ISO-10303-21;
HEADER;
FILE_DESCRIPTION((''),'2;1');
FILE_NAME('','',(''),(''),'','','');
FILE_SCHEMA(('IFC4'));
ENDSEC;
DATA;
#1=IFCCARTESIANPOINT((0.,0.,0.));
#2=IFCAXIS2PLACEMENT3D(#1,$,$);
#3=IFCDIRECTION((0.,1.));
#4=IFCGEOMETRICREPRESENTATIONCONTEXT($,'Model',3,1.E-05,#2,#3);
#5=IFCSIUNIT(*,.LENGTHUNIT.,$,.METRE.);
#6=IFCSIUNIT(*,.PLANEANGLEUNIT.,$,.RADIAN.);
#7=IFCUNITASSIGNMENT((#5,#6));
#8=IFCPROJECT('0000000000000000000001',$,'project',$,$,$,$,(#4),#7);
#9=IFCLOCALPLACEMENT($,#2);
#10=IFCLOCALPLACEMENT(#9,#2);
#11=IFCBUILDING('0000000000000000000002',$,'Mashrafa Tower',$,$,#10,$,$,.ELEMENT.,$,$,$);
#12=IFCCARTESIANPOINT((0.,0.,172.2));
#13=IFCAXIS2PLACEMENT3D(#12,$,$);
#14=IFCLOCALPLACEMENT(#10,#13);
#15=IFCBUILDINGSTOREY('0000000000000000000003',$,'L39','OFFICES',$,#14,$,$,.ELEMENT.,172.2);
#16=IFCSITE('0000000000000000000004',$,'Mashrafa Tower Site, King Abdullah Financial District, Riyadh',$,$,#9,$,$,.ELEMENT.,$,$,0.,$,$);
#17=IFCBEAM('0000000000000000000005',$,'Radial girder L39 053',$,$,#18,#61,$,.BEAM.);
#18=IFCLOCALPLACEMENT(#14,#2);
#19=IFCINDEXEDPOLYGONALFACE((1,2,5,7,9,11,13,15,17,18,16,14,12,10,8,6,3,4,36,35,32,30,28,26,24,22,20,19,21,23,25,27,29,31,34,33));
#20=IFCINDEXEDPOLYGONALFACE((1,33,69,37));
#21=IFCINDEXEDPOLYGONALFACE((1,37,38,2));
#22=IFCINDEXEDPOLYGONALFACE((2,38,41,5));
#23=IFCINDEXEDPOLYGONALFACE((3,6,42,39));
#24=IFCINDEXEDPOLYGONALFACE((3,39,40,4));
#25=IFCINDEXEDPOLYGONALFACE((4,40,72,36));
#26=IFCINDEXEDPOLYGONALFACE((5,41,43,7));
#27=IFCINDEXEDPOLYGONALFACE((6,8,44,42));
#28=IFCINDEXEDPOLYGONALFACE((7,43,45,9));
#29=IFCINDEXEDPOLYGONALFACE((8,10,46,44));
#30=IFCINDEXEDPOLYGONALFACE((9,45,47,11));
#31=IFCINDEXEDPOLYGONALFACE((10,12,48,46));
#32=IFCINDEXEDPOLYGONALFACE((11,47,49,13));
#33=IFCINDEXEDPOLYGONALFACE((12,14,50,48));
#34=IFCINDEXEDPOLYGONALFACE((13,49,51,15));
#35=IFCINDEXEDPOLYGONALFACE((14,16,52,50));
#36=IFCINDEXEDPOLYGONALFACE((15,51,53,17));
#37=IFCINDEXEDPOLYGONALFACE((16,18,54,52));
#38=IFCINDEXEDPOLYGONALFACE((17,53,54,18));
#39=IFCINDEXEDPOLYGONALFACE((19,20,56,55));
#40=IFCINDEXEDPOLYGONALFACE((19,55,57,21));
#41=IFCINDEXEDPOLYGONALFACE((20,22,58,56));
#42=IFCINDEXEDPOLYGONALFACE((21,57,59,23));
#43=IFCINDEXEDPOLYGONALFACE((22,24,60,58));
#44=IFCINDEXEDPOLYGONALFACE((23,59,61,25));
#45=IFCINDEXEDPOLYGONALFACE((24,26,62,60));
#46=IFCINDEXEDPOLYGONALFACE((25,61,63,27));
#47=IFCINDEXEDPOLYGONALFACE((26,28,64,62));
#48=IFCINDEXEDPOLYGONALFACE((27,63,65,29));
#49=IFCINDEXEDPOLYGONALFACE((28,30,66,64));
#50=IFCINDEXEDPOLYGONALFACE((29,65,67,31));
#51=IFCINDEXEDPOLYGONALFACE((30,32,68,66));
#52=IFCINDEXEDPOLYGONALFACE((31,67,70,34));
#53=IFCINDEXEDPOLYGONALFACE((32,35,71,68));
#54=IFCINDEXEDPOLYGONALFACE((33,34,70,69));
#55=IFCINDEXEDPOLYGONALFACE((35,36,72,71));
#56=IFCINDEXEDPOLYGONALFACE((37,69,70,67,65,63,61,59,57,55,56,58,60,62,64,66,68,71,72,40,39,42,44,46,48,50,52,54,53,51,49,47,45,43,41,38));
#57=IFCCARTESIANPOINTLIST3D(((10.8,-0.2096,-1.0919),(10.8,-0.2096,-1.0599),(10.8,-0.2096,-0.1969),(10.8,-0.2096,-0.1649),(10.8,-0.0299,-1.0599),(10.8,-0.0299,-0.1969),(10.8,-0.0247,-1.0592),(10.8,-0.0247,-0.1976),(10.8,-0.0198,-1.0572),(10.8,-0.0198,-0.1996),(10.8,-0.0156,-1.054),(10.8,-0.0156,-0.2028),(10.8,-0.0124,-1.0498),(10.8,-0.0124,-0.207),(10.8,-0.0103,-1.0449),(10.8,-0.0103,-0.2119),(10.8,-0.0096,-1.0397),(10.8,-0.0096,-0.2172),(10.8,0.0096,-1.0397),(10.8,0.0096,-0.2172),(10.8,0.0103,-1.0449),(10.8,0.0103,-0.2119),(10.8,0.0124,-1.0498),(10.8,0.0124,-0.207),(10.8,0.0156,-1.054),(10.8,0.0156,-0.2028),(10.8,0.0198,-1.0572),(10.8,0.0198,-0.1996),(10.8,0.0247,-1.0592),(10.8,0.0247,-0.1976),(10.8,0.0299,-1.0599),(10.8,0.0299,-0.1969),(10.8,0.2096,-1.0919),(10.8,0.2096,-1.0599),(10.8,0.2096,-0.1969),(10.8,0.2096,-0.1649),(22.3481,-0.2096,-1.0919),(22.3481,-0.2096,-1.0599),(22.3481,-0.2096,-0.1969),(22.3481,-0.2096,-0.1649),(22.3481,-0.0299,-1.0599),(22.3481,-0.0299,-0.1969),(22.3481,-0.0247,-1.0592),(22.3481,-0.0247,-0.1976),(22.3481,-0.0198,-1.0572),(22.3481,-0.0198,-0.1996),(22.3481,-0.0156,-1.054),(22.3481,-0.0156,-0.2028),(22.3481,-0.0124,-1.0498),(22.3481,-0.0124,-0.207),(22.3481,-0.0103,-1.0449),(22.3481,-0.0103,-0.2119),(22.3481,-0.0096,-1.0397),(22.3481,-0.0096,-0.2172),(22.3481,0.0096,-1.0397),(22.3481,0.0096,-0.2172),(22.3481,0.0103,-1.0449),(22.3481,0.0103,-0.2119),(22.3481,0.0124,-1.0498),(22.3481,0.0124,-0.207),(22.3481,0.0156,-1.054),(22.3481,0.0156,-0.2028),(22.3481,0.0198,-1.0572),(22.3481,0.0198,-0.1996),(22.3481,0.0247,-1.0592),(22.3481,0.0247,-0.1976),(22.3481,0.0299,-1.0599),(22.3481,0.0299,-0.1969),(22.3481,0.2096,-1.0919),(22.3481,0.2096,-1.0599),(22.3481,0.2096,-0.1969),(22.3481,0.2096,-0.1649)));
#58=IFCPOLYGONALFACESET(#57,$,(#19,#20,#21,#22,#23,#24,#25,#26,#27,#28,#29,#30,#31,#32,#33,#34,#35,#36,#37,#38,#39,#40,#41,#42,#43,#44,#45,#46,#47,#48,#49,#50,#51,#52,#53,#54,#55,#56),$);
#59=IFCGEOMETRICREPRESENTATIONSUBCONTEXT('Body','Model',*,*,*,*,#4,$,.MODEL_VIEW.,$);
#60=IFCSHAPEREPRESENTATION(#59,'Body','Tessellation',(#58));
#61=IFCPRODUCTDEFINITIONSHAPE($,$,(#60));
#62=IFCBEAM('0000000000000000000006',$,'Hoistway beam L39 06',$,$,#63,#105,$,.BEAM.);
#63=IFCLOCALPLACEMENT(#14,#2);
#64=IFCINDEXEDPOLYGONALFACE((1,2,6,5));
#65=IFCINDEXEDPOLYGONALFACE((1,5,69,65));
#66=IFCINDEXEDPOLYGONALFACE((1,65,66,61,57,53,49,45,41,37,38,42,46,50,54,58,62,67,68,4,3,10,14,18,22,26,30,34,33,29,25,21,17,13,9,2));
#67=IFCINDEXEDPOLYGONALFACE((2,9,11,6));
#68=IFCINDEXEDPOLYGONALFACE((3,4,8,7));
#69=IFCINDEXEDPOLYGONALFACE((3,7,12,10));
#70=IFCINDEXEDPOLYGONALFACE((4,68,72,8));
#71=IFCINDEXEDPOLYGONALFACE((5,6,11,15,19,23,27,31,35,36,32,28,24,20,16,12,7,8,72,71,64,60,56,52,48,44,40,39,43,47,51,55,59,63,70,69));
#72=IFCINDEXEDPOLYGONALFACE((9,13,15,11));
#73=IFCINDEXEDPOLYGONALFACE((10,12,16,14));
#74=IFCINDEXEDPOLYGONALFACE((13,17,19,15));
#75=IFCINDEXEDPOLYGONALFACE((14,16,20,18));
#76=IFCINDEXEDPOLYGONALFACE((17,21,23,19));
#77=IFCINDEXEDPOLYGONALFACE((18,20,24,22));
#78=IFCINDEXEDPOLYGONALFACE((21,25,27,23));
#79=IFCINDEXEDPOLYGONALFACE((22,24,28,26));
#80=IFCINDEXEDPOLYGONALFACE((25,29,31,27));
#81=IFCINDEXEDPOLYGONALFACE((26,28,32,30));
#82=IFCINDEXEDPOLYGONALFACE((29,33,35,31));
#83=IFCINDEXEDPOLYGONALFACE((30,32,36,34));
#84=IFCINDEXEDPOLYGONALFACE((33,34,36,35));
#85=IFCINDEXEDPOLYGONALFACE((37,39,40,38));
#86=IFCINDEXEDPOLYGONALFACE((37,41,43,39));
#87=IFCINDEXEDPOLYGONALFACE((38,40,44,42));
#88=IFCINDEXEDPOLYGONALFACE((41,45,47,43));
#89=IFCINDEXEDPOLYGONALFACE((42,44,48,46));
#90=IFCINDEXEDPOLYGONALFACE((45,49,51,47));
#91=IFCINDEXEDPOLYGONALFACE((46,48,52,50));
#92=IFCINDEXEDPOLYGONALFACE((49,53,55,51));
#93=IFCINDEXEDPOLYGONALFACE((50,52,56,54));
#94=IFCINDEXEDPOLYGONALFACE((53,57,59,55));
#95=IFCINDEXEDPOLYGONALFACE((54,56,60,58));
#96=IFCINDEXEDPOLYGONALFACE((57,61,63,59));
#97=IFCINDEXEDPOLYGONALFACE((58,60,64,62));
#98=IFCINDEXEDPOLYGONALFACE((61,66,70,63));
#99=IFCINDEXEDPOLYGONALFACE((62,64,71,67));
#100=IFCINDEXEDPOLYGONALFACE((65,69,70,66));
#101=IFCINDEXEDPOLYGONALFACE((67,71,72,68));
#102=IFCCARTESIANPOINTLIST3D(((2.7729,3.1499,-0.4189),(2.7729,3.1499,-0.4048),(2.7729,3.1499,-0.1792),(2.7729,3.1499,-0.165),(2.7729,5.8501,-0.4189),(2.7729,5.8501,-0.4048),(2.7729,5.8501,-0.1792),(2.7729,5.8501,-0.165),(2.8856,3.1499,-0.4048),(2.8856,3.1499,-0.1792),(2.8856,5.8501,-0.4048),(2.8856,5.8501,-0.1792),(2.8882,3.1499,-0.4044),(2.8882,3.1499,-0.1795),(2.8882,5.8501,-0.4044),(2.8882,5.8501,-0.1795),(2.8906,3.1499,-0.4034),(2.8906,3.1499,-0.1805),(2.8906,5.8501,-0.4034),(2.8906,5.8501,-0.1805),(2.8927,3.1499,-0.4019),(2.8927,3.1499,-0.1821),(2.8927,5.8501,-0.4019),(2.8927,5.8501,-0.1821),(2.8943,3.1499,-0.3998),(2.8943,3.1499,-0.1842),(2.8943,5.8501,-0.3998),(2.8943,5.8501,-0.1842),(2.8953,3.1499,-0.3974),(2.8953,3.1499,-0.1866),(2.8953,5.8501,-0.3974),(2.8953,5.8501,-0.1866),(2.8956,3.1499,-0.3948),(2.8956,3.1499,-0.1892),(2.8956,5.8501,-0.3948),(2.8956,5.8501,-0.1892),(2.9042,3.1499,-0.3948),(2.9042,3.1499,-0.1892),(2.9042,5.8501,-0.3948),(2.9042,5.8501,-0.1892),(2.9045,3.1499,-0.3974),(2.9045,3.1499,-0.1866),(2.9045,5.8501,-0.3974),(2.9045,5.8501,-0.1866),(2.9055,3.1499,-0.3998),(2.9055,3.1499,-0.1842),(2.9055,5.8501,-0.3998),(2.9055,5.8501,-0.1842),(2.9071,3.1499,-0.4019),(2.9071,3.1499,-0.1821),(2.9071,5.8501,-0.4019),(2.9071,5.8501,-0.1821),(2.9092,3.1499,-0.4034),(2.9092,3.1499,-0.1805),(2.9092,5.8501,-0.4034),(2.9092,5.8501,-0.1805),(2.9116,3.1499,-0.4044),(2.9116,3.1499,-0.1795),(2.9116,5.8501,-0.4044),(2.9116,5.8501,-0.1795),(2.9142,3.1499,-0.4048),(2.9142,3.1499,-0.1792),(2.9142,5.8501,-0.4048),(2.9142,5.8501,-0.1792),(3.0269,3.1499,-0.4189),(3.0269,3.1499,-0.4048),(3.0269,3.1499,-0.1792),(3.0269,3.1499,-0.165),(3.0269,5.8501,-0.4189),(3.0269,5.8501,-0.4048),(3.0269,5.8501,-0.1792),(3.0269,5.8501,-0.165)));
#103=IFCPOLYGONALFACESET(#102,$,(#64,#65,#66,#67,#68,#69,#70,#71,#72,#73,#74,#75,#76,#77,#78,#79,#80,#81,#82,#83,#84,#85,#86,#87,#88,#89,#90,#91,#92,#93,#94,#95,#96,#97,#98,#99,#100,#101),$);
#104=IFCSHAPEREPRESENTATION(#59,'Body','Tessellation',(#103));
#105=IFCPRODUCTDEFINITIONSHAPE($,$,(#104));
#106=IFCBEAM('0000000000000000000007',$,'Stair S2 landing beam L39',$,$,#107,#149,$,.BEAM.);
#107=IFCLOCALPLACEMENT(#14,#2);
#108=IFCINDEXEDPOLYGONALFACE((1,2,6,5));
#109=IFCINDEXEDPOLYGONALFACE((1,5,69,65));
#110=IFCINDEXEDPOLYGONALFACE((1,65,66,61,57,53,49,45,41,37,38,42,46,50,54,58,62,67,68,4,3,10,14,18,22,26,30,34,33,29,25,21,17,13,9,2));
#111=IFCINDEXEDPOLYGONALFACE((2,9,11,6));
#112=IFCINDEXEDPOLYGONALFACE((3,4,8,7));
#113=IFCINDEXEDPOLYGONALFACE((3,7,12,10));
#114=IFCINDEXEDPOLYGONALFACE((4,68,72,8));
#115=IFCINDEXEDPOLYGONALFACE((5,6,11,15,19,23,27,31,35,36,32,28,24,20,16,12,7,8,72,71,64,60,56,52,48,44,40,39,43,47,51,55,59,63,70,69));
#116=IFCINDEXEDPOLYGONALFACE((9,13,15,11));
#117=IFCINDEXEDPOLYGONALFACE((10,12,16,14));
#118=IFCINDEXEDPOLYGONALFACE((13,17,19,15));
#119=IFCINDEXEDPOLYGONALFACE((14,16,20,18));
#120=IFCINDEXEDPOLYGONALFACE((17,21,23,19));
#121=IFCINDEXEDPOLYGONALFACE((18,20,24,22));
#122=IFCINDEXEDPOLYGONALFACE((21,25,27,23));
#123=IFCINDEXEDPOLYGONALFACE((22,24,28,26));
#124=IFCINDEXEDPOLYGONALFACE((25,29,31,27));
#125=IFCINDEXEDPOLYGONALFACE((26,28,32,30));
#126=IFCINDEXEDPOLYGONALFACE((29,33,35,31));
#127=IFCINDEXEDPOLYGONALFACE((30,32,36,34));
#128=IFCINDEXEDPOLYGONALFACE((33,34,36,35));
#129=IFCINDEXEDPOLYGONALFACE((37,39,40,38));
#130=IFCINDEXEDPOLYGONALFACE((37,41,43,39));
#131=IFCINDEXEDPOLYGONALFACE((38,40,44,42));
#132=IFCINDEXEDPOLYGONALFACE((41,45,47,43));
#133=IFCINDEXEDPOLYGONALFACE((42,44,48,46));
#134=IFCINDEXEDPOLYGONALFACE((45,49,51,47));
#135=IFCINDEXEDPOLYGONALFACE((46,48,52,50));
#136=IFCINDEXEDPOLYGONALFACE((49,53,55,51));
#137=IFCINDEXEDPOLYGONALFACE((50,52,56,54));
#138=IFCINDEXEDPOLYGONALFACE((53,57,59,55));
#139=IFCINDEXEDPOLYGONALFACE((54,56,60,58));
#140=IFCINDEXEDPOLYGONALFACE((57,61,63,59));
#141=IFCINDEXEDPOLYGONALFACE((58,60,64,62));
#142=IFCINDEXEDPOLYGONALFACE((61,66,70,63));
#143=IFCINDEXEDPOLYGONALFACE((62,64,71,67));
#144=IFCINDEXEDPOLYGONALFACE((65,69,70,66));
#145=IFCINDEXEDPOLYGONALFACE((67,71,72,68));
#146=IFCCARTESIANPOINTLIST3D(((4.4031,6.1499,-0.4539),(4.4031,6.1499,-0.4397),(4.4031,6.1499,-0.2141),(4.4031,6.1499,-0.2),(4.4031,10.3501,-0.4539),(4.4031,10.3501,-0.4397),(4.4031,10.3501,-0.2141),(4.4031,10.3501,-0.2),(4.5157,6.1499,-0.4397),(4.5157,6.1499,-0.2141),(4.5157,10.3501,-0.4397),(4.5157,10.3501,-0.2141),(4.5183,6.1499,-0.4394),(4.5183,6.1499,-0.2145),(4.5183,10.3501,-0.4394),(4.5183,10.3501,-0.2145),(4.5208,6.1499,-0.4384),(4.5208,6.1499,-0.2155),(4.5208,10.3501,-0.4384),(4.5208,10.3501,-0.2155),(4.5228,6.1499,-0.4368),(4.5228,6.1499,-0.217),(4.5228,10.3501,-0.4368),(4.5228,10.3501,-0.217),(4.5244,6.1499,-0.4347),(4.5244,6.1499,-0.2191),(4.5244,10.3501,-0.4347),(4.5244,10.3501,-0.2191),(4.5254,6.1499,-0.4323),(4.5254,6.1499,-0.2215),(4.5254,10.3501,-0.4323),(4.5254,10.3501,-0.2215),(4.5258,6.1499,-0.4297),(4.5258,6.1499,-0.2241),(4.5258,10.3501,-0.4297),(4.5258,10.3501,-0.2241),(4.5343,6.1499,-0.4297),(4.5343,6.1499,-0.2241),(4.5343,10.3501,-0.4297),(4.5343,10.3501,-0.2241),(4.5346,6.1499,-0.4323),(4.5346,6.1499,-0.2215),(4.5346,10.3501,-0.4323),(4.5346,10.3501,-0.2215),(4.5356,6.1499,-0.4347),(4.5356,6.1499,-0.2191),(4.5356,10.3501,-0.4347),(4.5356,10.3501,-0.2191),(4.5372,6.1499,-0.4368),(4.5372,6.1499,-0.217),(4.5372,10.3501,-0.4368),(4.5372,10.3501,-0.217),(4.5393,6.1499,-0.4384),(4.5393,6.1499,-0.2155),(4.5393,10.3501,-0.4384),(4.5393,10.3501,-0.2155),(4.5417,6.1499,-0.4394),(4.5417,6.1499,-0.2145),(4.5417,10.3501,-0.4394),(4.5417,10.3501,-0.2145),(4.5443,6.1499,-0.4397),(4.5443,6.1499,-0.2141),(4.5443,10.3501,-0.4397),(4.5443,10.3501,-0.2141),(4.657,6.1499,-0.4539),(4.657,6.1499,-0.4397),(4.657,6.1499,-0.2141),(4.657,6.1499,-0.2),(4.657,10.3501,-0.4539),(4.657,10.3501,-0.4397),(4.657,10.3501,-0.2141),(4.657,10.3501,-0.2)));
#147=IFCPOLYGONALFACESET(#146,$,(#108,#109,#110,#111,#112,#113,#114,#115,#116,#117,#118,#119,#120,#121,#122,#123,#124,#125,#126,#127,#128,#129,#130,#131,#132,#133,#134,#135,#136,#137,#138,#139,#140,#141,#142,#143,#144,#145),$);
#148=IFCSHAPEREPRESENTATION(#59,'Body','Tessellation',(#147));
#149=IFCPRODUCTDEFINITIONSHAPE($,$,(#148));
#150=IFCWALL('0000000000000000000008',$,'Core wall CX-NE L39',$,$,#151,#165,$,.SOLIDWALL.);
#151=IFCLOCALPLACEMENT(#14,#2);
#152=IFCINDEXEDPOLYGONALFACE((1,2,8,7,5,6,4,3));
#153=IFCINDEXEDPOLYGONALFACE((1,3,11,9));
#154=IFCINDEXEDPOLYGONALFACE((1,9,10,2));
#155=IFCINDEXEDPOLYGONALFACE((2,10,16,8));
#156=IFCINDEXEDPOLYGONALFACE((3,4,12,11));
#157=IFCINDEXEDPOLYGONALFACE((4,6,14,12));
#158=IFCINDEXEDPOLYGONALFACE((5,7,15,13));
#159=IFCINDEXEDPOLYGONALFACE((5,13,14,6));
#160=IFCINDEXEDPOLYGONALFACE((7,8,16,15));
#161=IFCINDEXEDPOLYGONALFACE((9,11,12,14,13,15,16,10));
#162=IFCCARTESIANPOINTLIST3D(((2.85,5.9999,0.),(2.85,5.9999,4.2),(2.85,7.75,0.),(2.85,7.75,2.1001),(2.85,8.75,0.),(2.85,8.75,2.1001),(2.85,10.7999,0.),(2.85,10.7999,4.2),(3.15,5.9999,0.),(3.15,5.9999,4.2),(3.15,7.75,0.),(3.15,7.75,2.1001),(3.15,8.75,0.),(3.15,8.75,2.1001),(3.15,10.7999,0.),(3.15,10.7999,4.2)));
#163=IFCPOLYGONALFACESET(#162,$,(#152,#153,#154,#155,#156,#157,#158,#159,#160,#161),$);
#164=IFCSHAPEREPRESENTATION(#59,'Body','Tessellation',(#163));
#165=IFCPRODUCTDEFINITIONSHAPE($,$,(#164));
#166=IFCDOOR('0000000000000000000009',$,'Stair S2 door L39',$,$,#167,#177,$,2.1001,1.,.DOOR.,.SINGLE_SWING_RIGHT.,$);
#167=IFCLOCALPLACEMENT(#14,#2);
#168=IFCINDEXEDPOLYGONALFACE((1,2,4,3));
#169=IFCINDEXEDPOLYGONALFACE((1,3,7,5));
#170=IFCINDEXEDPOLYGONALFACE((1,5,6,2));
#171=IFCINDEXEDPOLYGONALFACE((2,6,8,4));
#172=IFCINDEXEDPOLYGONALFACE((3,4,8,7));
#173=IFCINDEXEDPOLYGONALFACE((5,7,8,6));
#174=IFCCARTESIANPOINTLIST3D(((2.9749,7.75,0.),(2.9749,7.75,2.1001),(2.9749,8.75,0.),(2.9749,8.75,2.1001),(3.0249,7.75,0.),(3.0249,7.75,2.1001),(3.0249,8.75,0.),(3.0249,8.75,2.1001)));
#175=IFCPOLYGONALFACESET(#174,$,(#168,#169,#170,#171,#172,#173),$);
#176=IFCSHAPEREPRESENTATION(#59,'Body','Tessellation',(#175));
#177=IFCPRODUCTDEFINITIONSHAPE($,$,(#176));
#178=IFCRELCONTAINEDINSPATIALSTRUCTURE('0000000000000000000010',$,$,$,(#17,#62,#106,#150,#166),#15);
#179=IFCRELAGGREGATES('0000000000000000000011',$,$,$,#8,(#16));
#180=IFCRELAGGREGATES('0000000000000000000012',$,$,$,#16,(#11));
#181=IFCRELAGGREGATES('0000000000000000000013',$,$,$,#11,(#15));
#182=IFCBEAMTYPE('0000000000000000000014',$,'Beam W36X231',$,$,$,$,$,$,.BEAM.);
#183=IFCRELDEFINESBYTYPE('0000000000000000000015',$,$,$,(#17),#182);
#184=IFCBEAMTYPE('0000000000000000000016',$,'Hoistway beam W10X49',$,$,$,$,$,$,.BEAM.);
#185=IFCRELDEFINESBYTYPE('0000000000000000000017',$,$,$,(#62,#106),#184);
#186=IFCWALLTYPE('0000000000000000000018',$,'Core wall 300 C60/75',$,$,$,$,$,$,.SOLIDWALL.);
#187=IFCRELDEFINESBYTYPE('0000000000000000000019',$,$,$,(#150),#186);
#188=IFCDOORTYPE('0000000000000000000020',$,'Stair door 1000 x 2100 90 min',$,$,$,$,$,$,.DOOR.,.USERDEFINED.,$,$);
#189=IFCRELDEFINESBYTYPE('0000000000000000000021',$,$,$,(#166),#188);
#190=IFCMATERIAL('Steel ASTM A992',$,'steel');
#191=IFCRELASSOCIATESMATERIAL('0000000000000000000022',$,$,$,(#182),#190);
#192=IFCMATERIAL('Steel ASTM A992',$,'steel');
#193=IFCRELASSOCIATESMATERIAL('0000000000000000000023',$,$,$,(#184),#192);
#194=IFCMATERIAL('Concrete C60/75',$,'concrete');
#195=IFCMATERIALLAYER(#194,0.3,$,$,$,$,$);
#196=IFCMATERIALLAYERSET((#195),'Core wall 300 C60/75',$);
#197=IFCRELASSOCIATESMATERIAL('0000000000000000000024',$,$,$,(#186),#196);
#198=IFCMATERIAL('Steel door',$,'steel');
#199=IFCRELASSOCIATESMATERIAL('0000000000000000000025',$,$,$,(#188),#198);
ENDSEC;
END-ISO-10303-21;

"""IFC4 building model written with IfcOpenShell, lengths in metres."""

from ifc_helpers import new_model, si_unit, direction, frame, frame_2d, origin, origin_2d, place, context, subcontext, project, spatial, rectangle, i_section, extrude, material, layer, layer_set, material_profile, profile_set, type_object, element, fill, save


model = new_model("IFC4")

# Units and contexts
model_context = context("Model", 3, precision=1e-05, world=origin(), true_north=direction((0.0, 1.0)))
body_context = subcontext(model_context, "Body", "Model", "MODEL_VIEW")
ifc_project = project(units=[si_unit("LENGTHUNIT", "METRE"), si_unit("PLANEANGLEUNIT", "RADIAN")], contexts=[model_context])

# Site, building, storey
site_placement = place(None, origin())
site = spatial("IfcSite", under=ifc_project, at=site_placement, Name="Mashrafa Tower Site, King Abdullah Financial District, Riyadh", CompositionType="ELEMENT", RefElevation=0.0)
building_placement = place(site_placement, origin())
building = spatial("IfcBuilding", under=site, at=building_placement, Name="Mashrafa Tower", CompositionType="ELEMENT")
storey_placement = place(building_placement, frame((0.0, 0.0, 172.2)))
storey = spatial("IfcBuildingStorey", under=building, at=storey_placement, Name="L39", Description="OFFICES", CompositionType="ELEMENT", Elevation=172.2)

# Beams
ifc_material_1 = material(Name="Steel ASTM A992", Category="steel")
ifc_material_profile_1 = material_profile(ifc_material_1, i_section(OverallWidth=0.4192, OverallDepth=0.927, WebThickness=0.0193, FlangeThickness=0.032, FilletRadius=0.0203, at=origin_2d()), Name="W36X231")
ifc_profile_set_1 = profile_set([ifc_material_profile_1], Name="Steel ASTM A992")
beam_type_1 = type_object("IfcBeamType", Name="Beam W36X231", PredefinedType="BEAM", material=ifc_profile_set_1)
for number, where, z_axis, x_axis, name in (
    (1, (10.8, 0.0, -0.6284), (1.0, 0.0, 0.0), (0.0, 1.0, 0.0), "Radial girder L39 053"),
):
    element("IfcBeam", number, at=place(storey_placement, frame(where, z_axis=z_axis, x_axis=x_axis)), inside=storey, type_object=beam_type_1, Name=name, PredefinedType="BEAM", context=body_context, shape_type="SweptSolid", body=[
        extrude(i_section(OverallWidth=0.4192, OverallDepth=0.927, WebThickness=0.0193, FlangeThickness=0.032, FilletRadius=0.0203, at=origin_2d()), origin(), (0.0, 0.0, 1.0), 11.5481),
    ])
ifc_material_2 = material(Name="Steel ASTM A992", Category="steel")
ifc_material_profile_2 = material_profile(ifc_material_2, i_section(OverallWidth=0.2539, OverallDepth=0.2539, WebThickness=0.0085, FlangeThickness=0.0142, FilletRadius=0.01, at=origin_2d()), Name="W10X49")
ifc_profile_set_2 = profile_set([ifc_material_profile_2], Name="Steel ASTM A992")
beam_type_2 = type_object("IfcBeamType", Name="Hoistway beam W10X49", PredefinedType="BEAM", material=ifc_profile_set_2)
beam_1_placement = place(storey_placement, frame((2.8999, 3.1499, -0.292), z_axis=(0.0, 1.0, 0.0), x_axis=(-1.0, 0.0, 0.0)))
element("IfcBeam", 2, at=beam_1_placement, inside=storey, type_object=beam_type_2, Name="Hoistway beam L39 06", PredefinedType="BEAM", context=body_context, shape_type="SweptSolid", body=[
    extrude(i_section(OverallWidth=0.2539, OverallDepth=0.2539, WebThickness=0.0085, FlangeThickness=0.0142, FilletRadius=0.01, at=origin_2d()), origin(), (0.0, 0.0, 1.0), 2.7002),
])
beam_2_placement = place(storey_placement, frame((4.53, 6.1499, -0.3269), z_axis=(0.0, 1.0, 0.0), x_axis=(-1.0, 0.0, 0.0)))
element("IfcBeam", 3, at=beam_2_placement, inside=storey, type_object=beam_type_2, Name="Stair S2 landing beam L39", PredefinedType="BEAM", context=body_context, shape_type="SweptSolid", body=[
    extrude(i_section(OverallWidth=0.2539, OverallDepth=0.2539, WebThickness=0.0085, FlangeThickness=0.0142, FilletRadius=0.01, at=origin_2d()), origin(), (0.0, 0.0, 1.0), 4.2002),
])

# Wall, opening, door
ifc_material_3 = material(Name="Concrete C60/75", Category="concrete")
ifc_layer_1 = layer(ifc_material_3, 0.3)
ifc_layer_set_1 = layer_set([ifc_layer_1], Name="Core wall 300 C60/75")
wall_type_1 = type_object("IfcWallType", Name="Core wall 300 C60/75", PredefinedType="SOLIDWALL", material=ifc_layer_set_1)
wall_1_placement = place(storey_placement, frame((3.0, 6.0, 0.0), z_axis=(0.0, 0.0, 1.0), x_axis=(0.0, 1.0, 0.0)))
wall_1 = element("IfcWall", 4, at=wall_1_placement, inside=storey, type_object=wall_type_1, Name="Core wall CX-NE L39", PredefinedType="SOLIDWALL", context=body_context, shape_type="SweptSolid", body=[
    extrude(rectangle(XDim=4.8, YDim=0.3, at=frame_2d((2.3999, 0.0))), origin(), (0.0, 0.0, 1.0), 4.2),
])
opening_1_placement = place(wall_1_placement, frame((1.75, 0.0, 0.0)))
opening_1 = element("IfcOpeningElement", 5, at=opening_1_placement, cuts=wall_1, PredefinedType="OPENING", context=body_context, shape_type="SweptSolid", body=[
    extrude(rectangle(XDim=1.0, YDim=2.1001, at=frame_2d((0.5, 1.05))), frame((0.0, 0.1599, 0.0), z_axis=(0.0, -1.0, 0.0), x_axis=(1.0, 0.0, 0.0)), (0.0, 0.0, 1.0), 0.3201),
])
ifc_material_4 = material(Name="Steel door", Category="steel")
door_type_1 = type_object("IfcDoorType", Name="Stair door 1000 x 2100 90 min", OperationType="USERDEFINED", PredefinedType="DOOR", material=ifc_material_4)
door_1_placement = place(opening_1_placement, frame((1.0, 0.0, 0.0), z_axis=(0.0, 0.0, 1.0), x_axis=(-1.0, 0.0, 0.0)))
door_1 = element("IfcDoor", 6, at=door_1_placement, inside=storey, type_object=door_type_1, Name="Stair S2 door L39", OperationType="SINGLE_SWING_RIGHT", OverallHeight=2.1001, OverallWidth=1.0, PredefinedType="DOOR", context=body_context, shape_type="SweptSolid", body=[
    extrude(rectangle(XDim=1.0, YDim=2.1001, at=frame_2d((0.5, 1.05))), frame((0.0, 0.0249, 0.0), z_axis=(0.0, -1.0, 0.0), x_axis=(1.0, 0.0, 0.0)), (0.0, 0.0, 1.0), 0.05),
])
fill(opening_1, door_1)

save(model, "model.ifc")
